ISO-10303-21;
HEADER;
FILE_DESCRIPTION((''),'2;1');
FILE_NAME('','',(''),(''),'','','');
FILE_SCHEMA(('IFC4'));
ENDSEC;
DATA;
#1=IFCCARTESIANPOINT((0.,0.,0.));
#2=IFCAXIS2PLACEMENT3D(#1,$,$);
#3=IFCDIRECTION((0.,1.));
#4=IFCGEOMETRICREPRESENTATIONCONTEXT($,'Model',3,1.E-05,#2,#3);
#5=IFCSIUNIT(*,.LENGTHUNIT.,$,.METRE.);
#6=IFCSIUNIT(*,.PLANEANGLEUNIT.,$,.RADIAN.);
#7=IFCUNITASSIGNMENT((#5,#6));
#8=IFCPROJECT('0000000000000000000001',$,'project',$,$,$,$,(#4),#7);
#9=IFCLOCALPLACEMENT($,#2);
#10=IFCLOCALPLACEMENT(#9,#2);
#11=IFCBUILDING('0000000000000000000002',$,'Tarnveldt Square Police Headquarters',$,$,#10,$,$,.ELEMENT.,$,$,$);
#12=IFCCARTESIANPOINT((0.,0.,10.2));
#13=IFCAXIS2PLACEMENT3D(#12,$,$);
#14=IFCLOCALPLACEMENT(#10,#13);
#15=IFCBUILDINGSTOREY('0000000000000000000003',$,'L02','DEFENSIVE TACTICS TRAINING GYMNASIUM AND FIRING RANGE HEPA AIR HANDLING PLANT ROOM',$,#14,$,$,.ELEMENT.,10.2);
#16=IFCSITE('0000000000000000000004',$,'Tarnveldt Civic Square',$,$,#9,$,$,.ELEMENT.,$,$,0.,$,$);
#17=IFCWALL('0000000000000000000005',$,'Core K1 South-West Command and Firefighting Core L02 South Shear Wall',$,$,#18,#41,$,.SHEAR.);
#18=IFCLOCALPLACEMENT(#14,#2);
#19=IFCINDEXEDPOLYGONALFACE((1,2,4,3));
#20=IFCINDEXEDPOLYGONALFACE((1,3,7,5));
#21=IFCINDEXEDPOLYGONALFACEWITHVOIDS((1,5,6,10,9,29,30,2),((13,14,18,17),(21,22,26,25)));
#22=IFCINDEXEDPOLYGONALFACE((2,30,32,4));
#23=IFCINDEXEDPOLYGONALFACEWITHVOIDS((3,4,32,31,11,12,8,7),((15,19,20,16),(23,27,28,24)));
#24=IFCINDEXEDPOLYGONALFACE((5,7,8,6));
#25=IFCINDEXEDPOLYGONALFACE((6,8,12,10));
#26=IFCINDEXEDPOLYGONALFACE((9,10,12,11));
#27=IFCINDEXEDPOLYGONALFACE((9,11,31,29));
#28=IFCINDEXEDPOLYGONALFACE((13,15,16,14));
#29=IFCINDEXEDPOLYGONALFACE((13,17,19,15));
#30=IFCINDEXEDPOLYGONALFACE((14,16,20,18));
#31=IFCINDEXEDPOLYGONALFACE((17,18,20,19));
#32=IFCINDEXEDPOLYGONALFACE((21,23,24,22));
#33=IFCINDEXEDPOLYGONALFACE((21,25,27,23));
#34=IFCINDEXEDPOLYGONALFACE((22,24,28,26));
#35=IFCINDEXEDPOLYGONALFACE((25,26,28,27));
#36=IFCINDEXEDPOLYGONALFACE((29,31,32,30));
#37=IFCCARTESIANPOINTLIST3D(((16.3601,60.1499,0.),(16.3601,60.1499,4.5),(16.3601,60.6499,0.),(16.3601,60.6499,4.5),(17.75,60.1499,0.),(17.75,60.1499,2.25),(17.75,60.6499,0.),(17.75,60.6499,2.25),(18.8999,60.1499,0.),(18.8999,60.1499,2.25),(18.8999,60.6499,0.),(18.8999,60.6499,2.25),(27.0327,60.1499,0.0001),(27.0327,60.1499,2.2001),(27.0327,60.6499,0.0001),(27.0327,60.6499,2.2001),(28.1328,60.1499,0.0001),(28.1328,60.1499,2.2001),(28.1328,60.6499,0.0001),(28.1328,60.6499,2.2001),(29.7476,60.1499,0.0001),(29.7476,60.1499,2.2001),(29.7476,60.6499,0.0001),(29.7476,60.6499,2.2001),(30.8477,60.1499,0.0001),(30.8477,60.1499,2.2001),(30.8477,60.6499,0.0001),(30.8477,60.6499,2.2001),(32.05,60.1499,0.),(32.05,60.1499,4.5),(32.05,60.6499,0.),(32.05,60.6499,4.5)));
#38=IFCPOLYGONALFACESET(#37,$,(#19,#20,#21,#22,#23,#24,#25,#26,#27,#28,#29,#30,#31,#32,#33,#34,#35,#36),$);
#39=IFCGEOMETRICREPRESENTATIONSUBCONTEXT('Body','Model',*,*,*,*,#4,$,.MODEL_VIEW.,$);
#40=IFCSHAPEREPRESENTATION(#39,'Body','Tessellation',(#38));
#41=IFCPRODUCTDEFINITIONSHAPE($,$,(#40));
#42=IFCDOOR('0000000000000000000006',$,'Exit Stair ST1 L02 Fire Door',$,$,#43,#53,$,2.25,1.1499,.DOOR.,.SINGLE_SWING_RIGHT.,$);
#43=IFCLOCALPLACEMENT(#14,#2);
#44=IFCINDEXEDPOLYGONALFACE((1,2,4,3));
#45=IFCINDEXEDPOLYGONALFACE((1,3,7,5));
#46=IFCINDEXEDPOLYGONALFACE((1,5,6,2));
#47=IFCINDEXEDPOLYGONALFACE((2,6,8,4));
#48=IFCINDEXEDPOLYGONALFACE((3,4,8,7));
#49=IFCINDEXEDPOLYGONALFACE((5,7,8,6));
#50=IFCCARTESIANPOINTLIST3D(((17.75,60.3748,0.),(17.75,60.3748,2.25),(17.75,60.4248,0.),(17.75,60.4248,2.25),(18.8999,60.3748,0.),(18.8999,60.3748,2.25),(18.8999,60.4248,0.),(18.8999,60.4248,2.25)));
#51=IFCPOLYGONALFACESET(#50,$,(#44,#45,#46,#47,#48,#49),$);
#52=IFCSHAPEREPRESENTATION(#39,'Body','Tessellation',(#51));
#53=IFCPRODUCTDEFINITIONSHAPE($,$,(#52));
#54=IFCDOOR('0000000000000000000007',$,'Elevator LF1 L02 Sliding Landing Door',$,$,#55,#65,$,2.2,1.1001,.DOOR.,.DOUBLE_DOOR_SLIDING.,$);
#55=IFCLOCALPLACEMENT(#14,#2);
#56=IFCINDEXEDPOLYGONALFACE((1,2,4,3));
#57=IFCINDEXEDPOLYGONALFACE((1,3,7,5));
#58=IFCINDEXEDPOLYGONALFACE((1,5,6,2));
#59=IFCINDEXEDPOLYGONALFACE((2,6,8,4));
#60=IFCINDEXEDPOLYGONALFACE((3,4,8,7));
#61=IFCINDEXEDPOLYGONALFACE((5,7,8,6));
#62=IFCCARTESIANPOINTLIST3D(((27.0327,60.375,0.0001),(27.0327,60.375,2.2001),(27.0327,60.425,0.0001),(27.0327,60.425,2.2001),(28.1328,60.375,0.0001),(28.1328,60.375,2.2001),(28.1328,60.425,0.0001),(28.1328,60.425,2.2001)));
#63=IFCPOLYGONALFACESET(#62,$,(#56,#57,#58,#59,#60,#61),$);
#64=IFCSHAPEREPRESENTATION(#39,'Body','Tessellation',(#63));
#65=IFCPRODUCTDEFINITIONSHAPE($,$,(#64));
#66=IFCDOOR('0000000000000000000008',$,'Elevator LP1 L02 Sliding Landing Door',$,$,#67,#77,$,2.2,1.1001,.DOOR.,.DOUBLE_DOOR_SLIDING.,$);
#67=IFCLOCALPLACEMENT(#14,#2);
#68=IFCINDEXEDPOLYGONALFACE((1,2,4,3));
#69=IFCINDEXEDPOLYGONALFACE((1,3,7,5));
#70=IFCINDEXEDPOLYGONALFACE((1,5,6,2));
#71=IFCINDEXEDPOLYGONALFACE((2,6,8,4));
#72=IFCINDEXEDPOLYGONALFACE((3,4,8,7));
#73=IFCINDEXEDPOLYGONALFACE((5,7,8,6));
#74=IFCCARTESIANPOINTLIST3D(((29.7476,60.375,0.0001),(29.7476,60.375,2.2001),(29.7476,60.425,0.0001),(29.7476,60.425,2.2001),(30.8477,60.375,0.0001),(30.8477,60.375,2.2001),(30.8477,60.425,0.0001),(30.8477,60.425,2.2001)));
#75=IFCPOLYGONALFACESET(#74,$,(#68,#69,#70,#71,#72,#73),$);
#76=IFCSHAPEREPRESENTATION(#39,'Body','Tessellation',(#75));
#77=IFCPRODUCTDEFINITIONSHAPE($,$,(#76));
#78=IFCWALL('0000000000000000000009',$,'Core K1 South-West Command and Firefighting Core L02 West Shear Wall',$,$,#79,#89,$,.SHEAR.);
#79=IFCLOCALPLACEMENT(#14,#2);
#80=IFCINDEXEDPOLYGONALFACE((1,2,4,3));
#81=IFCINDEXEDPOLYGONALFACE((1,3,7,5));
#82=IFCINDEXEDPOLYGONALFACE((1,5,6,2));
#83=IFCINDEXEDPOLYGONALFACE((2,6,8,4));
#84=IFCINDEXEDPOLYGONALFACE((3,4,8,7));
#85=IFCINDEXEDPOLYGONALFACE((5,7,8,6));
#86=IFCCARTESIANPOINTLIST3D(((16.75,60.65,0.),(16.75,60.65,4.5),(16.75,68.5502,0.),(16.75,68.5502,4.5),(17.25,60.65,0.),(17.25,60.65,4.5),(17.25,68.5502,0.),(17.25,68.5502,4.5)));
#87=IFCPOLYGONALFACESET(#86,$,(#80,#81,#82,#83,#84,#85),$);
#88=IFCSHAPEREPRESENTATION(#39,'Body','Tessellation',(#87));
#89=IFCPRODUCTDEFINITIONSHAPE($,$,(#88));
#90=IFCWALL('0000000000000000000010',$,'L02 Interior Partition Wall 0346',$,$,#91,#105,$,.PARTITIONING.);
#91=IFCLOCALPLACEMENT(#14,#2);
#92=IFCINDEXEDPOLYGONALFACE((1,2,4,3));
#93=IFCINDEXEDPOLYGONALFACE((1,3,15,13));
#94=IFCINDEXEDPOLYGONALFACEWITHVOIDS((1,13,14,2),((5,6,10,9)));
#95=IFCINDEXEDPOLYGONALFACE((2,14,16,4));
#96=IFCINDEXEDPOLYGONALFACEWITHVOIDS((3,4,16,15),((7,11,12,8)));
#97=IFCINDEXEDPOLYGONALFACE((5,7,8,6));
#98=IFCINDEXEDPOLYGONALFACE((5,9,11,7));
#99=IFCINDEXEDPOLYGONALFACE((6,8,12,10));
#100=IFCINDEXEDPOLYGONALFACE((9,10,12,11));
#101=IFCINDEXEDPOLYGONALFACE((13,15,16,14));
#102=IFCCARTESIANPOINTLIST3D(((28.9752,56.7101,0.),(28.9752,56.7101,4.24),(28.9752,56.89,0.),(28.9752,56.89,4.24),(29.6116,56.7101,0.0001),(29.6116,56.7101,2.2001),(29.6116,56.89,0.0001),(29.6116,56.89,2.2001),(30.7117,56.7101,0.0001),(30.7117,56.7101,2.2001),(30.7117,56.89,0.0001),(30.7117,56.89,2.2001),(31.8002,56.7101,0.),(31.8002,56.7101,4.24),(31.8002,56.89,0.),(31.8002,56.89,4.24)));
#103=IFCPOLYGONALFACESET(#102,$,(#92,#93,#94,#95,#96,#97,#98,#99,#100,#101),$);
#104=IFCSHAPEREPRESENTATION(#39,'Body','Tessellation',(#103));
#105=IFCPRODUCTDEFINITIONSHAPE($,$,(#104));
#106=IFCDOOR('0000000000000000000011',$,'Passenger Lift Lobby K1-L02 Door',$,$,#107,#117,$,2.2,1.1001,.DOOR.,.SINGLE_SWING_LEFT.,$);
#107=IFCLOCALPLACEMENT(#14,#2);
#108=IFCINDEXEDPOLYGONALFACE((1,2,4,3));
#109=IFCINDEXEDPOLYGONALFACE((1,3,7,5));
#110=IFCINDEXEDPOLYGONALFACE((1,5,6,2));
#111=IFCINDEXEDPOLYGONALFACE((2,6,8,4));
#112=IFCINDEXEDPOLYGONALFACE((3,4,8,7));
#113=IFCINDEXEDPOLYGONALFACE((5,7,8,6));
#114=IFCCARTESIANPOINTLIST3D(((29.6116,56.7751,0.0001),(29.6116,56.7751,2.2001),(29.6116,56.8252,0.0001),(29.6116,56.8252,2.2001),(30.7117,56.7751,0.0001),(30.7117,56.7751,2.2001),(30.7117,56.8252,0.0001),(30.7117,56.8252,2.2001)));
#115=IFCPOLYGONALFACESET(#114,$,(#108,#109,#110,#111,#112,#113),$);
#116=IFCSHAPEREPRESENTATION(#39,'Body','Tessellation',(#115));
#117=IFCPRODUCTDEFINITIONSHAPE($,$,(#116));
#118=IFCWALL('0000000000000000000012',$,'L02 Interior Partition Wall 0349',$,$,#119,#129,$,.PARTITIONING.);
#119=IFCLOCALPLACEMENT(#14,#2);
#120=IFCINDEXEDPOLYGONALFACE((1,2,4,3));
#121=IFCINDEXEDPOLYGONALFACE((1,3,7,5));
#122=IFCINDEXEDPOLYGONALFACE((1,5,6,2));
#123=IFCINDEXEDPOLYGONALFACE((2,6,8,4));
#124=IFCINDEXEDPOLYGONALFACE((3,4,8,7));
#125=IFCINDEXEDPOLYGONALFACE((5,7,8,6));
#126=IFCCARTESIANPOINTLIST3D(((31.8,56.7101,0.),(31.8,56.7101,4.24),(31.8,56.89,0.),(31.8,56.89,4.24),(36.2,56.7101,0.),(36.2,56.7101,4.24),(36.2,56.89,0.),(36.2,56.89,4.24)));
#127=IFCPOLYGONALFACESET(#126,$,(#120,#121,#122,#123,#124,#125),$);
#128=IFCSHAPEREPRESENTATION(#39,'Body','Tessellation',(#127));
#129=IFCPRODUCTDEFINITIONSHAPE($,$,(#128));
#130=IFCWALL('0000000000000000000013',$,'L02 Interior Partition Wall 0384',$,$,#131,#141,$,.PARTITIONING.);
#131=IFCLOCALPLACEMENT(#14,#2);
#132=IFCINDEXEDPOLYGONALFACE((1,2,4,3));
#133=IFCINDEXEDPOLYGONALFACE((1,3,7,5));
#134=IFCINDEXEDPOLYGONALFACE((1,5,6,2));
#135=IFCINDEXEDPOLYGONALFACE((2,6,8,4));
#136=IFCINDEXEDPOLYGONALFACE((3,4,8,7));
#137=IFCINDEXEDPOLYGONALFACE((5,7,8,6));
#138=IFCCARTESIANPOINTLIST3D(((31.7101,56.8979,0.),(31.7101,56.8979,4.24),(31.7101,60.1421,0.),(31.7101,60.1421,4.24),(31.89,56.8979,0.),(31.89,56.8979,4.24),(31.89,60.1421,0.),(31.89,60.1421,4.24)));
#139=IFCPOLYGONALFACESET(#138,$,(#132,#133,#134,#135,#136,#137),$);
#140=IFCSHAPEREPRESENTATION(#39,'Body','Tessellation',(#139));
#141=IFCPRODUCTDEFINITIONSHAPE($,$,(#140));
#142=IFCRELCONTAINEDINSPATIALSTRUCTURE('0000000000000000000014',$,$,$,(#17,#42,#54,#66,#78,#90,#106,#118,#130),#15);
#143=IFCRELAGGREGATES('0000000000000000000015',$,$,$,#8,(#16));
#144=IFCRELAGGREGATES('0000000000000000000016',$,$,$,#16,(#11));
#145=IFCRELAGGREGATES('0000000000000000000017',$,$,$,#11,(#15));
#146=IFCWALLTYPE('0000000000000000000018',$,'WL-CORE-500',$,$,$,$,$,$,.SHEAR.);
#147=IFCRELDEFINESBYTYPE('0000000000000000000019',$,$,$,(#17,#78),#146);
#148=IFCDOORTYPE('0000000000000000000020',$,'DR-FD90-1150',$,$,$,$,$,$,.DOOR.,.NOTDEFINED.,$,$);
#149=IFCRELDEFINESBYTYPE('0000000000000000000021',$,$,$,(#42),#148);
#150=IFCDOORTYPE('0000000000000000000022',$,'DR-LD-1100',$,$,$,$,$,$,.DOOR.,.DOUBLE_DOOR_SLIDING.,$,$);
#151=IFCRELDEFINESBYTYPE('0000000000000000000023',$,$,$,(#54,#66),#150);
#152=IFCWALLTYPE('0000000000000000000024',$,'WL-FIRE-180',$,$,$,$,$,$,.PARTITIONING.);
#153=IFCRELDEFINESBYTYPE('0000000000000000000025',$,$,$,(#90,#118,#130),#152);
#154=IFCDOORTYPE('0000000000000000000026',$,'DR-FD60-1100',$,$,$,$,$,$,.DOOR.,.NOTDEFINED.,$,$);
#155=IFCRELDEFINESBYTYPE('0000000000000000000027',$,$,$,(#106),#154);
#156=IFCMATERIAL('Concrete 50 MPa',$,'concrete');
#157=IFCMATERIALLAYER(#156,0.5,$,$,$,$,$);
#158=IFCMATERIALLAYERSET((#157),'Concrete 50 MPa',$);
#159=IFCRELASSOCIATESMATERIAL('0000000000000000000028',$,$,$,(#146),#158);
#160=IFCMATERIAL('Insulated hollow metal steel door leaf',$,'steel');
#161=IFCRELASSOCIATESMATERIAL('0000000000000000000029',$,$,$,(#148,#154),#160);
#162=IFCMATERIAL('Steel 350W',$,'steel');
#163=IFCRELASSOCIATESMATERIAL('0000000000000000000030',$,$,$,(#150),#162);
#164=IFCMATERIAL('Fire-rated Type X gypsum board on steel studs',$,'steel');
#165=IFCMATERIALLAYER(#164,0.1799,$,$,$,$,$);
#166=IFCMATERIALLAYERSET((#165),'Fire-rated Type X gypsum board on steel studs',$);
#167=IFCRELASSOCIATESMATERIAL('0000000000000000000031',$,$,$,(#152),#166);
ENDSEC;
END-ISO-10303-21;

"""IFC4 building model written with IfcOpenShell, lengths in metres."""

from ifc_helpers import new_model, si_unit, direction, frame, frame_2d, origin, place, context, subcontext, project, spatial, rectangle, extrude, material, layer, layer_set, type_object, element, fill, save


model = new_model("IFC4")

# Units and contexts
model_context = context("Model", 3, precision=1e-05, world=origin(), true_north=direction((0.0, 1.0)))
body_context = subcontext(model_context, "Body", "Model", "MODEL_VIEW")
ifc_project = project(units=[si_unit("LENGTHUNIT", "METRE"), si_unit("PLANEANGLEUNIT", "RADIAN")], contexts=[model_context])

# Site, building, storey
site_placement = place(None, origin())
site = spatial("IfcSite", under=ifc_project, at=site_placement, Name="Tarnveldt Civic Square", CompositionType="ELEMENT", RefElevation=0.0)
building_placement = place(site_placement, origin())
building = spatial("IfcBuilding", under=site, at=building_placement, Name="Tarnveldt Square Police Headquarters", CompositionType="ELEMENT")
storey_placement = place(building_placement, frame((0.0, 0.0, 10.2)))
storey = spatial("IfcBuildingStorey", under=building, at=storey_placement, Name="L02", Description="DEFENSIVE TACTICS TRAINING GYMNASIUM AND FIRING RANGE HEPA AIR HANDLING PLANT ROOM", CompositionType="ELEMENT", Elevation=10.2)

# Shared definitions
ifc_material_1 = material(Name="Concrete 50 MPa", Category="concrete")

# Shared definitions
ifc_material_2 = material(Name="Steel 350W", Category="steel")

# Wall, openings, doors
ifc_layer_1 = layer(ifc_material_1, 0.5)
ifc_layer_set_1 = layer_set([ifc_layer_1], Name="Concrete 50 MPa")
wall_type_1 = type_object("IfcWallType", Name="WL-CORE-500", PredefinedType="SHEAR", material=ifc_layer_set_1)
wall_1_placement = place(storey_placement, frame((16.3601, 60.3999, 0.0), z_axis=(0.0, 0.0, 1.0), x_axis=(1.0, 0.0, 0.0)))
wall_1 = element("IfcWall", 1, at=wall_1_placement, inside=storey, type_object=wall_type_1, Name="Core K1 South-West Command and Firefighting Core L02 South Shear Wall", PredefinedType="SHEAR", context=body_context, shape_type="SweptSolid", body=[
    extrude(rectangle(XDim=15.6899, YDim=0.5, at=frame_2d((7.845, 0.0))), origin(), (0.0, 0.0, 1.0), 4.5),
])
opening_1_placement = place(wall_1_placement, frame((1.3899, 0.0, 0.0)))
opening_1 = element("IfcOpeningElement", 2, at=opening_1_placement, cuts=wall_1, PredefinedType="OPENING", context=body_context, shape_type="SweptSolid", body=[
    extrude(rectangle(XDim=1.1499, YDim=2.25, at=frame_2d((0.575, 1.125))), frame((0.0, 0.26, 0.0), z_axis=(0.0, -1.0, 0.0), x_axis=(1.0, 0.0, 0.0)), (0.0, 0.0, 1.0), 0.52),
])
opening_2_placement = place(wall_1_placement, frame((10.6726, 0.0, 0.0)))
opening_2 = element("IfcOpeningElement", 3, at=opening_2_placement, cuts=wall_1, PredefinedType="OPENING", context=body_context, shape_type="SweptSolid", body=[
    extrude(rectangle(XDim=1.1001, YDim=2.2, at=frame_2d((0.55, 1.1001))), frame((0.0, 0.26, 0.0), z_axis=(0.0, -1.0, 0.0), x_axis=(1.0, 0.0, 0.0)), (0.0, 0.0, 1.0), 0.52),
])
opening_3_placement = place(wall_1_placement, frame((13.3875, 0.0, 0.0)))
opening_3 = element("IfcOpeningElement", 4, at=opening_3_placement, cuts=wall_1, PredefinedType="OPENING", context=body_context, shape_type="SweptSolid", body=[
    extrude(rectangle(XDim=1.1001, YDim=2.2, at=frame_2d((0.55, 1.1001))), frame((0.0, 0.26, 0.0), z_axis=(0.0, -1.0, 0.0), x_axis=(1.0, 0.0, 0.0)), (0.0, 0.0, 1.0), 0.52),
])
ifc_material_3 = material(Name="Insulated hollow metal steel door leaf", Category="steel")
door_type_1 = type_object("IfcDoorType", Name="DR-FD90-1150", OperationType="NOTDEFINED", PredefinedType="DOOR", material=ifc_material_3)
door_1_placement = place(opening_1_placement, origin())
door_1 = element("IfcDoor", 5, at=door_1_placement, inside=storey, type_object=door_type_1, Name="Exit Stair ST1 L02 Fire Door", OperationType="SINGLE_SWING_RIGHT", OverallHeight=2.25, OverallWidth=1.1499, PredefinedType="DOOR", context=body_context, shape_type="SweptSolid", body=[
    extrude(rectangle(XDim=1.1499, YDim=2.25, at=frame_2d((0.575, 1.125))), frame((0.0, 0.0249, 0.0), z_axis=(0.0, -1.0, 0.0), x_axis=(1.0, 0.0, 0.0)), (0.0, 0.0, 1.0), 0.05),
])
fill(opening_1, door_1)
door_type_2 = type_object("IfcDoorType", Name="DR-LD-1100", OperationType="DOUBLE_DOOR_SLIDING", PredefinedType="DOOR", material=ifc_material_2)
door_2_placement = place(opening_2_placement, frame((1.1001, 0.0, 0.0), z_axis=(0.0, 0.0, 1.0), x_axis=(-1.0, 0.0, 0.0)))
door_2 = element("IfcDoor", 6, at=door_2_placement, inside=storey, type_object=door_type_2, Name="Elevator LF1 L02 Sliding Landing Door", OperationType="DOUBLE_DOOR_SLIDING", OverallHeight=2.2, OverallWidth=1.1001, PredefinedType="DOOR", context=body_context, shape_type="SweptSolid", body=[
    extrude(rectangle(XDim=1.1001, YDim=2.2, at=frame_2d((0.55, 1.1001))), frame((0.0, 0.0249, 0.0), z_axis=(0.0, -1.0, 0.0), x_axis=(1.0, 0.0, 0.0)), (0.0, 0.0, 1.0), 0.05),
])
fill(opening_2, door_2)
door_3_placement = place(opening_3_placement, frame((1.1001, 0.0, 0.0), z_axis=(0.0, 0.0, 1.0), x_axis=(-1.0, 0.0, 0.0)))
door_3 = element("IfcDoor", 7, at=door_3_placement, inside=storey, type_object=door_type_2, Name="Elevator LP1 L02 Sliding Landing Door", OperationType="DOUBLE_DOOR_SLIDING", OverallHeight=2.2, OverallWidth=1.1001, PredefinedType="DOOR", context=body_context, shape_type="SweptSolid", body=[
    extrude(rectangle(XDim=1.1001, YDim=2.2, at=frame_2d((0.55, 1.1001))), frame((0.0, 0.0249, 0.0), z_axis=(0.0, -1.0, 0.0), x_axis=(1.0, 0.0, 0.0)), (0.0, 0.0, 1.0), 0.05),
])
fill(opening_3, door_3)

# Wall
wall_2_placement = place(storey_placement, frame((17.0, 60.6499, 0.0), z_axis=(0.0, 0.0, 1.0), x_axis=(0.0, 1.0, 0.0)))
element("IfcWall", 8, at=wall_2_placement, inside=storey, type_object=wall_type_1, Name="Core K1 South-West Command and Firefighting Core L02 West Shear Wall", PredefinedType="SHEAR", context=body_context, shape_type="SweptSolid", body=[
    extrude(rectangle(XDim=7.9001, YDim=0.5, at=frame_2d((3.9502, 0.0))), origin(), (0.0, 0.0, 1.0), 4.5),
])

# Wall, opening, door
ifc_material_4 = material(Name="Fire-rated Type X gypsum board on steel studs", Category="steel")
ifc_layer_2 = layer(ifc_material_4, 0.1799)
ifc_layer_set_2 = layer_set([ifc_layer_2], Name="Fire-rated Type X gypsum board on steel studs")
wall_type_2 = type_object("IfcWallType", Name="WL-FIRE-180", PredefinedType="PARTITIONING", material=ifc_layer_set_2)
wall_3_placement = place(storey_placement, frame((28.9751, 56.8, 0.0), z_axis=(0.0, 0.0, 1.0), x_axis=(1.0, 0.0, 0.0)))
wall_3 = element("IfcWall", 9, at=wall_3_placement, inside=storey, type_object=wall_type_2, Name="L02 Interior Partition Wall 0346", PredefinedType="PARTITIONING", context=body_context, shape_type="SweptSolid", body=[
    extrude(rectangle(XDim=2.825, YDim=0.1799, at=frame_2d((1.4126, 0.0))), origin(), (0.0, 0.0, 1.0), 4.24),
])
opening_4_placement = place(wall_3_placement, frame((0.6365, 0.0, 0.0)))
opening_4 = element("IfcOpeningElement", 10, at=opening_4_placement, cuts=wall_3, PredefinedType="OPENING", context=body_context, shape_type="SweptSolid", body=[
    extrude(rectangle(XDim=1.1001, YDim=2.2, at=frame_2d((0.55, 1.1001))), frame((0.0, 0.0999, 0.0), z_axis=(0.0, -1.0, 0.0), x_axis=(1.0, 0.0, 0.0)), (0.0, 0.0, 1.0), 0.2),
])
door_type_3 = type_object("IfcDoorType", Name="DR-FD60-1100", OperationType="NOTDEFINED", PredefinedType="DOOR", material=ifc_material_3)
door_4_placement = place(opening_4_placement, frame((1.1001, 0.0, 0.0), z_axis=(0.0, 0.0, 1.0), x_axis=(-1.0, 0.0, 0.0)))
door_4 = element("IfcDoor", 11, at=door_4_placement, inside=storey, type_object=door_type_3, Name="Passenger Lift Lobby K1-L02 Door", OperationType="SINGLE_SWING_LEFT", OverallHeight=2.2, OverallWidth=1.1001, PredefinedType="DOOR", context=body_context, shape_type="SweptSolid", body=[
    extrude(rectangle(XDim=1.1001, YDim=2.2, at=frame_2d((0.55, 1.1001))), frame((0.0, 0.0249, 0.0), z_axis=(0.0, -1.0, 0.0), x_axis=(1.0, 0.0, 0.0)), (0.0, 0.0, 1.0), 0.05),
])
fill(opening_4, door_4)

# Walls
wall_4_placement = place(storey_placement, frame((31.8, 56.8, 0.0), z_axis=(0.0, 0.0, 1.0), x_axis=(1.0, 0.0, 0.0)))
element("IfcWall", 12, at=wall_4_placement, inside=storey, type_object=wall_type_2, Name="L02 Interior Partition Wall 0349", PredefinedType="PARTITIONING", context=body_context, shape_type="SweptSolid", body=[
    extrude(rectangle(XDim=4.3999, YDim=0.1799, at=frame_2d((2.2, 0.0))), origin(), (0.0, 0.0, 1.0), 4.24),
])
wall_5_placement = place(storey_placement, frame((31.8, 56.8979, 0.0), z_axis=(0.0, 0.0, 1.0), x_axis=(0.0, 1.0, 0.0)))
element("IfcWall", 13, at=wall_5_placement, inside=storey, type_object=wall_type_2, Name="L02 Interior Partition Wall 0384", PredefinedType="PARTITIONING", context=body_context, shape_type="SweptSolid", body=[
    extrude(rectangle(XDim=3.2441, YDim=0.1799, at=frame_2d((1.6221, 0.0))), origin(), (0.0, 0.0, 1.0), 4.24),
])

save(model, "model.ifc")
